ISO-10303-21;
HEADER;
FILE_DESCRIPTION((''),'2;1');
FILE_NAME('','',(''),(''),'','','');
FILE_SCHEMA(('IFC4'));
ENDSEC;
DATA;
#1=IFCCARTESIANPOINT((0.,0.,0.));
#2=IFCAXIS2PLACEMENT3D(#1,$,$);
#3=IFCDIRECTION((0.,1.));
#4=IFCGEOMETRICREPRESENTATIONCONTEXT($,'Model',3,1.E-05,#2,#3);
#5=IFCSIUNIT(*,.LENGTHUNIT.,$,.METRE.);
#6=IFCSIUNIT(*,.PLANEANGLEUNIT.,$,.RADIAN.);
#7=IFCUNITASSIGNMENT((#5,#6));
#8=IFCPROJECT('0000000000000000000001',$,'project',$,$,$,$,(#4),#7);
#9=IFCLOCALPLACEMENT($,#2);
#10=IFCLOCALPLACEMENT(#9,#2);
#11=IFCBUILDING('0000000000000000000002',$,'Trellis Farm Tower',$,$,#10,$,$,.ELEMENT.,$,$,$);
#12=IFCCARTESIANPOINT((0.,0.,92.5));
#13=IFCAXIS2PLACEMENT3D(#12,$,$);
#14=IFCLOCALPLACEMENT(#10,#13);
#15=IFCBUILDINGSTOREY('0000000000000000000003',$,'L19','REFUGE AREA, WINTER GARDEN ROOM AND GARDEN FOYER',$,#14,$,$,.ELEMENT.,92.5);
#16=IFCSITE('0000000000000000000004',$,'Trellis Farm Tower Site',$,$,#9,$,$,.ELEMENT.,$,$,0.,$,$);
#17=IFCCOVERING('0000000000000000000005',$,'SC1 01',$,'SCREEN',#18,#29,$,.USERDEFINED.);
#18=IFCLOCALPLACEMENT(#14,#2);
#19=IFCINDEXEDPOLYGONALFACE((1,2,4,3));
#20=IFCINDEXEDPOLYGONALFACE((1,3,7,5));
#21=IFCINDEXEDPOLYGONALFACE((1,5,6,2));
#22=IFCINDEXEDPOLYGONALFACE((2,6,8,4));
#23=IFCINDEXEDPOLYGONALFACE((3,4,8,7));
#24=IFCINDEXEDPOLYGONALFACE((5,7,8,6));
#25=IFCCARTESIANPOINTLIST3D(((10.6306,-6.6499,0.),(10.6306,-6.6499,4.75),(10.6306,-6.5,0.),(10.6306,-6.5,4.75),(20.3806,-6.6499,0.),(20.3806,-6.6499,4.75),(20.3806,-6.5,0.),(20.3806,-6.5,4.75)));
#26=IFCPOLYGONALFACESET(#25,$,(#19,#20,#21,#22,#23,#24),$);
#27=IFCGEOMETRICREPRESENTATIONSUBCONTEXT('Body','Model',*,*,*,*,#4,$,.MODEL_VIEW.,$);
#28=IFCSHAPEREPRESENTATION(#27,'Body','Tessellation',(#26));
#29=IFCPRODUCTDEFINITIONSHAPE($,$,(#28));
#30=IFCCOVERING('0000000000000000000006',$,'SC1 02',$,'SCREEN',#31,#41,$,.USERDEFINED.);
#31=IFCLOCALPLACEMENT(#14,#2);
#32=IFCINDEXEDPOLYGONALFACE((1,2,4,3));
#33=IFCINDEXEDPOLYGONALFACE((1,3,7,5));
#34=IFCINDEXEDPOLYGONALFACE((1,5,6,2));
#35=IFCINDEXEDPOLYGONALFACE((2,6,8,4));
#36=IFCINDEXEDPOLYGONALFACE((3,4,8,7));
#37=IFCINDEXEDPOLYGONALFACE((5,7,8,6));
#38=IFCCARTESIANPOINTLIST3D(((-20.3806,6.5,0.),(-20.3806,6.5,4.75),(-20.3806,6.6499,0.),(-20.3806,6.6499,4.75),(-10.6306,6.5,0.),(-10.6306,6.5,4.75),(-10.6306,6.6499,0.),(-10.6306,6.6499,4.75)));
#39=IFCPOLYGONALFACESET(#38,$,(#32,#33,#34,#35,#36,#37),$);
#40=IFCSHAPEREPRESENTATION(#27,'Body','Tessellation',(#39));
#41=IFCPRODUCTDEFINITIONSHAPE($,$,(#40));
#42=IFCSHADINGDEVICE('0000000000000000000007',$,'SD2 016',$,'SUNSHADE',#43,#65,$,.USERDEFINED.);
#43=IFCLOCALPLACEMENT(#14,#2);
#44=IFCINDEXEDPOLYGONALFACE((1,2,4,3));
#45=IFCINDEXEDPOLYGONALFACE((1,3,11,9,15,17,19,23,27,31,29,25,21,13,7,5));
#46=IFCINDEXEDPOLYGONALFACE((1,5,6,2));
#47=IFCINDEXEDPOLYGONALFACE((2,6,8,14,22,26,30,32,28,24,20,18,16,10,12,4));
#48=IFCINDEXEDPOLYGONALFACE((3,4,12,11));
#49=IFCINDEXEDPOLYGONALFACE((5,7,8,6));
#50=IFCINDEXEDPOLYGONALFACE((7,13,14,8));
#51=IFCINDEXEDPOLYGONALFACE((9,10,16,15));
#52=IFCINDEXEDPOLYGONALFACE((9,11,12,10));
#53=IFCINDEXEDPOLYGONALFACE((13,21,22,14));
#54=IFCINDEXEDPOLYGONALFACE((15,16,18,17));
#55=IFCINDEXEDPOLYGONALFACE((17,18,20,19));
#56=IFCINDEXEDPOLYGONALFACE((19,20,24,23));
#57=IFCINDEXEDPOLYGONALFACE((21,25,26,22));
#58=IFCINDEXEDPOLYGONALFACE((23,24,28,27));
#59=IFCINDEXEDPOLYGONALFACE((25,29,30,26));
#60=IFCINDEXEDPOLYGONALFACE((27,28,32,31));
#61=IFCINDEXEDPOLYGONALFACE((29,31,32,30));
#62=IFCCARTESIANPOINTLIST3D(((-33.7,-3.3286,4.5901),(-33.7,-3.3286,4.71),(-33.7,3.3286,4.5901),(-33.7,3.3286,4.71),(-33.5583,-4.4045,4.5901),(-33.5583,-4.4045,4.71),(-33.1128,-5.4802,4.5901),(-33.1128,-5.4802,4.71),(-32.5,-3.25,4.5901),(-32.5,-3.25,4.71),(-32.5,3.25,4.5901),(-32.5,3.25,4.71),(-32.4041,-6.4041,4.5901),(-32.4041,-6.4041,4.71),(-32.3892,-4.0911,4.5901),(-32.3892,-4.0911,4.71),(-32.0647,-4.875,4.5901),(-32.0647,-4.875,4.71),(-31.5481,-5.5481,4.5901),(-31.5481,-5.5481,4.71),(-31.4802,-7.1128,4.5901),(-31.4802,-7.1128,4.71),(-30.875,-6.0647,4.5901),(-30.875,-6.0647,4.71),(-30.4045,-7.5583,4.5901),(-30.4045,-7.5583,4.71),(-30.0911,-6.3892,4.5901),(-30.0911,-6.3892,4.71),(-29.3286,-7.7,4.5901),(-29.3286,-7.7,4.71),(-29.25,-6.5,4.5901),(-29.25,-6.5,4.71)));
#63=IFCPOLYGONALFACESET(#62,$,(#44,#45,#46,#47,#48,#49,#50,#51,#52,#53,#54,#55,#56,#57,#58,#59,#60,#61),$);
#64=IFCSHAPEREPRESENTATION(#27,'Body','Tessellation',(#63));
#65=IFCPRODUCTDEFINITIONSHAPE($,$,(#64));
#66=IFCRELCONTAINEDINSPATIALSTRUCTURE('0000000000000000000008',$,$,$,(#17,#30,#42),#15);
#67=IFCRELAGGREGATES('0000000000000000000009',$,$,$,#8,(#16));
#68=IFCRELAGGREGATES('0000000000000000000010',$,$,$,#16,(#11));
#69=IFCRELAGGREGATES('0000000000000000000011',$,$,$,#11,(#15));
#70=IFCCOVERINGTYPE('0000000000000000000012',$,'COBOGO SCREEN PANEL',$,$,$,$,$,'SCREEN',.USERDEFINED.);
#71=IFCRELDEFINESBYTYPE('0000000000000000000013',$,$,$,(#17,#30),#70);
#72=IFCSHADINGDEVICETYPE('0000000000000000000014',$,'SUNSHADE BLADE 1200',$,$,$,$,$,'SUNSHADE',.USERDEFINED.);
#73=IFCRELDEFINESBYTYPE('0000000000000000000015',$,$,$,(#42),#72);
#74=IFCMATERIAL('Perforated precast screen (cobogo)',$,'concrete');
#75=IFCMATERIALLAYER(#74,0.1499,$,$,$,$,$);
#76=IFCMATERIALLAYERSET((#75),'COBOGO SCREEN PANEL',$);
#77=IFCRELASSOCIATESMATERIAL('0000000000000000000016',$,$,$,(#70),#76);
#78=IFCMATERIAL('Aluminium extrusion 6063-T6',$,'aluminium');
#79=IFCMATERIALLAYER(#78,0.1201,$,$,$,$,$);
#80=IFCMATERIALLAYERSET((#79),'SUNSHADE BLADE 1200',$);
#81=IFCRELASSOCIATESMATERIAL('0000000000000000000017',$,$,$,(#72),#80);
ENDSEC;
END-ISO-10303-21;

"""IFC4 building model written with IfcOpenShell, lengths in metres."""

from ifc_helpers import new_model, si_unit, direction, frame, origin, place, context, subcontext, project, spatial, polyline, outline, extrude, source, transform, mapped, material, layer, layer_set, type_object, element, save


model = new_model("IFC4")

# Units and contexts
model_context = context("Model", 3, precision=1e-05, world=origin(), true_north=direction((0.0, 1.0)))
body_context = subcontext(model_context, "Body", "Model", "MODEL_VIEW")
ifc_project = project(units=[si_unit("LENGTHUNIT", "METRE"), si_unit("PLANEANGLEUNIT", "RADIAN")], contexts=[model_context])

# Site, building, storey
site_placement = place(None, origin())
site = spatial("IfcSite", under=ifc_project, at=site_placement, Name="Trellis Farm Tower Site", CompositionType="ELEMENT", RefElevation=0.0)
building_placement = place(site_placement, origin())
building = spatial("IfcBuilding", under=site, at=building_placement, Name="Trellis Farm Tower", CompositionType="ELEMENT")
storey_placement = place(building_placement, frame((0.0, 0.0, 92.5)))
storey = spatial("IfcBuildingStorey", under=building, at=storey_placement, Name="L19", Description="REFUGE AREA, WINTER GARDEN ROOM AND GARDEN FOYER", CompositionType="ELEMENT", Elevation=92.5)

# Shared definitions
placement = place(storey_placement, origin())

# Coverings
ifc_material_1 = material(Name="Perforated precast screen (cobogo)", Category="concrete")
ifc_layer_1 = layer(ifc_material_1, 0.1499)
ifc_layer_set_1 = layer_set([ifc_layer_1], Name="COBOGO SCREEN PANEL")
covering_type = type_object("IfcCoveringType", Name="COBOGO SCREEN PANEL", ElementType="SCREEN", PredefinedType="USERDEFINED", material=ifc_layer_set_1)
element("IfcCovering", 1, at=placement, inside=storey, type_object=covering_type, Name="SC1 01", ObjectType="SCREEN", PredefinedType="USERDEFINED", context=body_context, shape_type="SweptSolid", body=[
    extrude(outline(polyline([(10.6306, -6.6499), (20.3806, -6.6499), (20.3806, -6.5), (10.6306, -6.5), (10.6306, -6.6499)])), origin(), (0.0, 0.0, 1.0), 4.75),
])
element("IfcCovering", 2, at=placement, inside=storey, type_object=covering_type, Name="SC1 02", ObjectType="SCREEN", PredefinedType="USERDEFINED", context=body_context, shape_type="SweptSolid", body=[
    extrude(outline(polyline([(-10.6306, 6.6499), (-20.3806, 6.6499), (-20.3806, 6.5), (-10.6306, 6.5), (-10.6306, 6.6499)])), origin(), (0.0, 0.0, 1.0), 4.75),
])

# Shading device
ifc_material_2 = material(Name="Aluminium extrusion 6063-T6", Category="aluminium")
ifc_layer_2 = layer(ifc_material_2, 0.1201)
ifc_layer_set_2 = layer_set([ifc_layer_2], Name="SUNSHADE BLADE 1200")
shading_device_type = type_object("IfcShadingDeviceType", Name="SUNSHADE BLADE 1200", ElementType="SUNSHADE", PredefinedType="USERDEFINED", material=ifc_layer_set_2)
shared_shape = source(origin(), body_context, "Body", "SweptSolid", [
    extrude(outline(polyline([(-33.7, 3.3286), (-33.7, -3.3286), (-33.5583, -4.4045), (-33.1128, -5.4802), (-32.4041, -6.4041), (-31.4802, -7.1128), (-30.4045, -7.5583), (-29.3286, -7.7), (-29.25, -6.5), (-30.0911, -6.3892), (-30.875, -6.0647), (-31.5481, -5.5481), (-32.0647, -4.875), (-32.3892, -4.0911), (-32.5, -3.25), (-32.5, 3.25), (-33.7, 3.3286)])), origin(), (0.0, 0.0, 1.0), 0.1199),
])
shading_device_placement = place(storey_placement, frame((0.0, 0.0, 4.5901)))
element("IfcShadingDevice", 3, at=shading_device_placement, inside=storey, type_object=shading_device_type, Name="SD2 016", ObjectType="SUNSHADE", PredefinedType="USERDEFINED", context=body_context, shape_type="MappedRepresentation", body=[
    mapped(shared_shape, transform((0.0, 0.0, 0.0))),
])

save(model, "model.ifc")
